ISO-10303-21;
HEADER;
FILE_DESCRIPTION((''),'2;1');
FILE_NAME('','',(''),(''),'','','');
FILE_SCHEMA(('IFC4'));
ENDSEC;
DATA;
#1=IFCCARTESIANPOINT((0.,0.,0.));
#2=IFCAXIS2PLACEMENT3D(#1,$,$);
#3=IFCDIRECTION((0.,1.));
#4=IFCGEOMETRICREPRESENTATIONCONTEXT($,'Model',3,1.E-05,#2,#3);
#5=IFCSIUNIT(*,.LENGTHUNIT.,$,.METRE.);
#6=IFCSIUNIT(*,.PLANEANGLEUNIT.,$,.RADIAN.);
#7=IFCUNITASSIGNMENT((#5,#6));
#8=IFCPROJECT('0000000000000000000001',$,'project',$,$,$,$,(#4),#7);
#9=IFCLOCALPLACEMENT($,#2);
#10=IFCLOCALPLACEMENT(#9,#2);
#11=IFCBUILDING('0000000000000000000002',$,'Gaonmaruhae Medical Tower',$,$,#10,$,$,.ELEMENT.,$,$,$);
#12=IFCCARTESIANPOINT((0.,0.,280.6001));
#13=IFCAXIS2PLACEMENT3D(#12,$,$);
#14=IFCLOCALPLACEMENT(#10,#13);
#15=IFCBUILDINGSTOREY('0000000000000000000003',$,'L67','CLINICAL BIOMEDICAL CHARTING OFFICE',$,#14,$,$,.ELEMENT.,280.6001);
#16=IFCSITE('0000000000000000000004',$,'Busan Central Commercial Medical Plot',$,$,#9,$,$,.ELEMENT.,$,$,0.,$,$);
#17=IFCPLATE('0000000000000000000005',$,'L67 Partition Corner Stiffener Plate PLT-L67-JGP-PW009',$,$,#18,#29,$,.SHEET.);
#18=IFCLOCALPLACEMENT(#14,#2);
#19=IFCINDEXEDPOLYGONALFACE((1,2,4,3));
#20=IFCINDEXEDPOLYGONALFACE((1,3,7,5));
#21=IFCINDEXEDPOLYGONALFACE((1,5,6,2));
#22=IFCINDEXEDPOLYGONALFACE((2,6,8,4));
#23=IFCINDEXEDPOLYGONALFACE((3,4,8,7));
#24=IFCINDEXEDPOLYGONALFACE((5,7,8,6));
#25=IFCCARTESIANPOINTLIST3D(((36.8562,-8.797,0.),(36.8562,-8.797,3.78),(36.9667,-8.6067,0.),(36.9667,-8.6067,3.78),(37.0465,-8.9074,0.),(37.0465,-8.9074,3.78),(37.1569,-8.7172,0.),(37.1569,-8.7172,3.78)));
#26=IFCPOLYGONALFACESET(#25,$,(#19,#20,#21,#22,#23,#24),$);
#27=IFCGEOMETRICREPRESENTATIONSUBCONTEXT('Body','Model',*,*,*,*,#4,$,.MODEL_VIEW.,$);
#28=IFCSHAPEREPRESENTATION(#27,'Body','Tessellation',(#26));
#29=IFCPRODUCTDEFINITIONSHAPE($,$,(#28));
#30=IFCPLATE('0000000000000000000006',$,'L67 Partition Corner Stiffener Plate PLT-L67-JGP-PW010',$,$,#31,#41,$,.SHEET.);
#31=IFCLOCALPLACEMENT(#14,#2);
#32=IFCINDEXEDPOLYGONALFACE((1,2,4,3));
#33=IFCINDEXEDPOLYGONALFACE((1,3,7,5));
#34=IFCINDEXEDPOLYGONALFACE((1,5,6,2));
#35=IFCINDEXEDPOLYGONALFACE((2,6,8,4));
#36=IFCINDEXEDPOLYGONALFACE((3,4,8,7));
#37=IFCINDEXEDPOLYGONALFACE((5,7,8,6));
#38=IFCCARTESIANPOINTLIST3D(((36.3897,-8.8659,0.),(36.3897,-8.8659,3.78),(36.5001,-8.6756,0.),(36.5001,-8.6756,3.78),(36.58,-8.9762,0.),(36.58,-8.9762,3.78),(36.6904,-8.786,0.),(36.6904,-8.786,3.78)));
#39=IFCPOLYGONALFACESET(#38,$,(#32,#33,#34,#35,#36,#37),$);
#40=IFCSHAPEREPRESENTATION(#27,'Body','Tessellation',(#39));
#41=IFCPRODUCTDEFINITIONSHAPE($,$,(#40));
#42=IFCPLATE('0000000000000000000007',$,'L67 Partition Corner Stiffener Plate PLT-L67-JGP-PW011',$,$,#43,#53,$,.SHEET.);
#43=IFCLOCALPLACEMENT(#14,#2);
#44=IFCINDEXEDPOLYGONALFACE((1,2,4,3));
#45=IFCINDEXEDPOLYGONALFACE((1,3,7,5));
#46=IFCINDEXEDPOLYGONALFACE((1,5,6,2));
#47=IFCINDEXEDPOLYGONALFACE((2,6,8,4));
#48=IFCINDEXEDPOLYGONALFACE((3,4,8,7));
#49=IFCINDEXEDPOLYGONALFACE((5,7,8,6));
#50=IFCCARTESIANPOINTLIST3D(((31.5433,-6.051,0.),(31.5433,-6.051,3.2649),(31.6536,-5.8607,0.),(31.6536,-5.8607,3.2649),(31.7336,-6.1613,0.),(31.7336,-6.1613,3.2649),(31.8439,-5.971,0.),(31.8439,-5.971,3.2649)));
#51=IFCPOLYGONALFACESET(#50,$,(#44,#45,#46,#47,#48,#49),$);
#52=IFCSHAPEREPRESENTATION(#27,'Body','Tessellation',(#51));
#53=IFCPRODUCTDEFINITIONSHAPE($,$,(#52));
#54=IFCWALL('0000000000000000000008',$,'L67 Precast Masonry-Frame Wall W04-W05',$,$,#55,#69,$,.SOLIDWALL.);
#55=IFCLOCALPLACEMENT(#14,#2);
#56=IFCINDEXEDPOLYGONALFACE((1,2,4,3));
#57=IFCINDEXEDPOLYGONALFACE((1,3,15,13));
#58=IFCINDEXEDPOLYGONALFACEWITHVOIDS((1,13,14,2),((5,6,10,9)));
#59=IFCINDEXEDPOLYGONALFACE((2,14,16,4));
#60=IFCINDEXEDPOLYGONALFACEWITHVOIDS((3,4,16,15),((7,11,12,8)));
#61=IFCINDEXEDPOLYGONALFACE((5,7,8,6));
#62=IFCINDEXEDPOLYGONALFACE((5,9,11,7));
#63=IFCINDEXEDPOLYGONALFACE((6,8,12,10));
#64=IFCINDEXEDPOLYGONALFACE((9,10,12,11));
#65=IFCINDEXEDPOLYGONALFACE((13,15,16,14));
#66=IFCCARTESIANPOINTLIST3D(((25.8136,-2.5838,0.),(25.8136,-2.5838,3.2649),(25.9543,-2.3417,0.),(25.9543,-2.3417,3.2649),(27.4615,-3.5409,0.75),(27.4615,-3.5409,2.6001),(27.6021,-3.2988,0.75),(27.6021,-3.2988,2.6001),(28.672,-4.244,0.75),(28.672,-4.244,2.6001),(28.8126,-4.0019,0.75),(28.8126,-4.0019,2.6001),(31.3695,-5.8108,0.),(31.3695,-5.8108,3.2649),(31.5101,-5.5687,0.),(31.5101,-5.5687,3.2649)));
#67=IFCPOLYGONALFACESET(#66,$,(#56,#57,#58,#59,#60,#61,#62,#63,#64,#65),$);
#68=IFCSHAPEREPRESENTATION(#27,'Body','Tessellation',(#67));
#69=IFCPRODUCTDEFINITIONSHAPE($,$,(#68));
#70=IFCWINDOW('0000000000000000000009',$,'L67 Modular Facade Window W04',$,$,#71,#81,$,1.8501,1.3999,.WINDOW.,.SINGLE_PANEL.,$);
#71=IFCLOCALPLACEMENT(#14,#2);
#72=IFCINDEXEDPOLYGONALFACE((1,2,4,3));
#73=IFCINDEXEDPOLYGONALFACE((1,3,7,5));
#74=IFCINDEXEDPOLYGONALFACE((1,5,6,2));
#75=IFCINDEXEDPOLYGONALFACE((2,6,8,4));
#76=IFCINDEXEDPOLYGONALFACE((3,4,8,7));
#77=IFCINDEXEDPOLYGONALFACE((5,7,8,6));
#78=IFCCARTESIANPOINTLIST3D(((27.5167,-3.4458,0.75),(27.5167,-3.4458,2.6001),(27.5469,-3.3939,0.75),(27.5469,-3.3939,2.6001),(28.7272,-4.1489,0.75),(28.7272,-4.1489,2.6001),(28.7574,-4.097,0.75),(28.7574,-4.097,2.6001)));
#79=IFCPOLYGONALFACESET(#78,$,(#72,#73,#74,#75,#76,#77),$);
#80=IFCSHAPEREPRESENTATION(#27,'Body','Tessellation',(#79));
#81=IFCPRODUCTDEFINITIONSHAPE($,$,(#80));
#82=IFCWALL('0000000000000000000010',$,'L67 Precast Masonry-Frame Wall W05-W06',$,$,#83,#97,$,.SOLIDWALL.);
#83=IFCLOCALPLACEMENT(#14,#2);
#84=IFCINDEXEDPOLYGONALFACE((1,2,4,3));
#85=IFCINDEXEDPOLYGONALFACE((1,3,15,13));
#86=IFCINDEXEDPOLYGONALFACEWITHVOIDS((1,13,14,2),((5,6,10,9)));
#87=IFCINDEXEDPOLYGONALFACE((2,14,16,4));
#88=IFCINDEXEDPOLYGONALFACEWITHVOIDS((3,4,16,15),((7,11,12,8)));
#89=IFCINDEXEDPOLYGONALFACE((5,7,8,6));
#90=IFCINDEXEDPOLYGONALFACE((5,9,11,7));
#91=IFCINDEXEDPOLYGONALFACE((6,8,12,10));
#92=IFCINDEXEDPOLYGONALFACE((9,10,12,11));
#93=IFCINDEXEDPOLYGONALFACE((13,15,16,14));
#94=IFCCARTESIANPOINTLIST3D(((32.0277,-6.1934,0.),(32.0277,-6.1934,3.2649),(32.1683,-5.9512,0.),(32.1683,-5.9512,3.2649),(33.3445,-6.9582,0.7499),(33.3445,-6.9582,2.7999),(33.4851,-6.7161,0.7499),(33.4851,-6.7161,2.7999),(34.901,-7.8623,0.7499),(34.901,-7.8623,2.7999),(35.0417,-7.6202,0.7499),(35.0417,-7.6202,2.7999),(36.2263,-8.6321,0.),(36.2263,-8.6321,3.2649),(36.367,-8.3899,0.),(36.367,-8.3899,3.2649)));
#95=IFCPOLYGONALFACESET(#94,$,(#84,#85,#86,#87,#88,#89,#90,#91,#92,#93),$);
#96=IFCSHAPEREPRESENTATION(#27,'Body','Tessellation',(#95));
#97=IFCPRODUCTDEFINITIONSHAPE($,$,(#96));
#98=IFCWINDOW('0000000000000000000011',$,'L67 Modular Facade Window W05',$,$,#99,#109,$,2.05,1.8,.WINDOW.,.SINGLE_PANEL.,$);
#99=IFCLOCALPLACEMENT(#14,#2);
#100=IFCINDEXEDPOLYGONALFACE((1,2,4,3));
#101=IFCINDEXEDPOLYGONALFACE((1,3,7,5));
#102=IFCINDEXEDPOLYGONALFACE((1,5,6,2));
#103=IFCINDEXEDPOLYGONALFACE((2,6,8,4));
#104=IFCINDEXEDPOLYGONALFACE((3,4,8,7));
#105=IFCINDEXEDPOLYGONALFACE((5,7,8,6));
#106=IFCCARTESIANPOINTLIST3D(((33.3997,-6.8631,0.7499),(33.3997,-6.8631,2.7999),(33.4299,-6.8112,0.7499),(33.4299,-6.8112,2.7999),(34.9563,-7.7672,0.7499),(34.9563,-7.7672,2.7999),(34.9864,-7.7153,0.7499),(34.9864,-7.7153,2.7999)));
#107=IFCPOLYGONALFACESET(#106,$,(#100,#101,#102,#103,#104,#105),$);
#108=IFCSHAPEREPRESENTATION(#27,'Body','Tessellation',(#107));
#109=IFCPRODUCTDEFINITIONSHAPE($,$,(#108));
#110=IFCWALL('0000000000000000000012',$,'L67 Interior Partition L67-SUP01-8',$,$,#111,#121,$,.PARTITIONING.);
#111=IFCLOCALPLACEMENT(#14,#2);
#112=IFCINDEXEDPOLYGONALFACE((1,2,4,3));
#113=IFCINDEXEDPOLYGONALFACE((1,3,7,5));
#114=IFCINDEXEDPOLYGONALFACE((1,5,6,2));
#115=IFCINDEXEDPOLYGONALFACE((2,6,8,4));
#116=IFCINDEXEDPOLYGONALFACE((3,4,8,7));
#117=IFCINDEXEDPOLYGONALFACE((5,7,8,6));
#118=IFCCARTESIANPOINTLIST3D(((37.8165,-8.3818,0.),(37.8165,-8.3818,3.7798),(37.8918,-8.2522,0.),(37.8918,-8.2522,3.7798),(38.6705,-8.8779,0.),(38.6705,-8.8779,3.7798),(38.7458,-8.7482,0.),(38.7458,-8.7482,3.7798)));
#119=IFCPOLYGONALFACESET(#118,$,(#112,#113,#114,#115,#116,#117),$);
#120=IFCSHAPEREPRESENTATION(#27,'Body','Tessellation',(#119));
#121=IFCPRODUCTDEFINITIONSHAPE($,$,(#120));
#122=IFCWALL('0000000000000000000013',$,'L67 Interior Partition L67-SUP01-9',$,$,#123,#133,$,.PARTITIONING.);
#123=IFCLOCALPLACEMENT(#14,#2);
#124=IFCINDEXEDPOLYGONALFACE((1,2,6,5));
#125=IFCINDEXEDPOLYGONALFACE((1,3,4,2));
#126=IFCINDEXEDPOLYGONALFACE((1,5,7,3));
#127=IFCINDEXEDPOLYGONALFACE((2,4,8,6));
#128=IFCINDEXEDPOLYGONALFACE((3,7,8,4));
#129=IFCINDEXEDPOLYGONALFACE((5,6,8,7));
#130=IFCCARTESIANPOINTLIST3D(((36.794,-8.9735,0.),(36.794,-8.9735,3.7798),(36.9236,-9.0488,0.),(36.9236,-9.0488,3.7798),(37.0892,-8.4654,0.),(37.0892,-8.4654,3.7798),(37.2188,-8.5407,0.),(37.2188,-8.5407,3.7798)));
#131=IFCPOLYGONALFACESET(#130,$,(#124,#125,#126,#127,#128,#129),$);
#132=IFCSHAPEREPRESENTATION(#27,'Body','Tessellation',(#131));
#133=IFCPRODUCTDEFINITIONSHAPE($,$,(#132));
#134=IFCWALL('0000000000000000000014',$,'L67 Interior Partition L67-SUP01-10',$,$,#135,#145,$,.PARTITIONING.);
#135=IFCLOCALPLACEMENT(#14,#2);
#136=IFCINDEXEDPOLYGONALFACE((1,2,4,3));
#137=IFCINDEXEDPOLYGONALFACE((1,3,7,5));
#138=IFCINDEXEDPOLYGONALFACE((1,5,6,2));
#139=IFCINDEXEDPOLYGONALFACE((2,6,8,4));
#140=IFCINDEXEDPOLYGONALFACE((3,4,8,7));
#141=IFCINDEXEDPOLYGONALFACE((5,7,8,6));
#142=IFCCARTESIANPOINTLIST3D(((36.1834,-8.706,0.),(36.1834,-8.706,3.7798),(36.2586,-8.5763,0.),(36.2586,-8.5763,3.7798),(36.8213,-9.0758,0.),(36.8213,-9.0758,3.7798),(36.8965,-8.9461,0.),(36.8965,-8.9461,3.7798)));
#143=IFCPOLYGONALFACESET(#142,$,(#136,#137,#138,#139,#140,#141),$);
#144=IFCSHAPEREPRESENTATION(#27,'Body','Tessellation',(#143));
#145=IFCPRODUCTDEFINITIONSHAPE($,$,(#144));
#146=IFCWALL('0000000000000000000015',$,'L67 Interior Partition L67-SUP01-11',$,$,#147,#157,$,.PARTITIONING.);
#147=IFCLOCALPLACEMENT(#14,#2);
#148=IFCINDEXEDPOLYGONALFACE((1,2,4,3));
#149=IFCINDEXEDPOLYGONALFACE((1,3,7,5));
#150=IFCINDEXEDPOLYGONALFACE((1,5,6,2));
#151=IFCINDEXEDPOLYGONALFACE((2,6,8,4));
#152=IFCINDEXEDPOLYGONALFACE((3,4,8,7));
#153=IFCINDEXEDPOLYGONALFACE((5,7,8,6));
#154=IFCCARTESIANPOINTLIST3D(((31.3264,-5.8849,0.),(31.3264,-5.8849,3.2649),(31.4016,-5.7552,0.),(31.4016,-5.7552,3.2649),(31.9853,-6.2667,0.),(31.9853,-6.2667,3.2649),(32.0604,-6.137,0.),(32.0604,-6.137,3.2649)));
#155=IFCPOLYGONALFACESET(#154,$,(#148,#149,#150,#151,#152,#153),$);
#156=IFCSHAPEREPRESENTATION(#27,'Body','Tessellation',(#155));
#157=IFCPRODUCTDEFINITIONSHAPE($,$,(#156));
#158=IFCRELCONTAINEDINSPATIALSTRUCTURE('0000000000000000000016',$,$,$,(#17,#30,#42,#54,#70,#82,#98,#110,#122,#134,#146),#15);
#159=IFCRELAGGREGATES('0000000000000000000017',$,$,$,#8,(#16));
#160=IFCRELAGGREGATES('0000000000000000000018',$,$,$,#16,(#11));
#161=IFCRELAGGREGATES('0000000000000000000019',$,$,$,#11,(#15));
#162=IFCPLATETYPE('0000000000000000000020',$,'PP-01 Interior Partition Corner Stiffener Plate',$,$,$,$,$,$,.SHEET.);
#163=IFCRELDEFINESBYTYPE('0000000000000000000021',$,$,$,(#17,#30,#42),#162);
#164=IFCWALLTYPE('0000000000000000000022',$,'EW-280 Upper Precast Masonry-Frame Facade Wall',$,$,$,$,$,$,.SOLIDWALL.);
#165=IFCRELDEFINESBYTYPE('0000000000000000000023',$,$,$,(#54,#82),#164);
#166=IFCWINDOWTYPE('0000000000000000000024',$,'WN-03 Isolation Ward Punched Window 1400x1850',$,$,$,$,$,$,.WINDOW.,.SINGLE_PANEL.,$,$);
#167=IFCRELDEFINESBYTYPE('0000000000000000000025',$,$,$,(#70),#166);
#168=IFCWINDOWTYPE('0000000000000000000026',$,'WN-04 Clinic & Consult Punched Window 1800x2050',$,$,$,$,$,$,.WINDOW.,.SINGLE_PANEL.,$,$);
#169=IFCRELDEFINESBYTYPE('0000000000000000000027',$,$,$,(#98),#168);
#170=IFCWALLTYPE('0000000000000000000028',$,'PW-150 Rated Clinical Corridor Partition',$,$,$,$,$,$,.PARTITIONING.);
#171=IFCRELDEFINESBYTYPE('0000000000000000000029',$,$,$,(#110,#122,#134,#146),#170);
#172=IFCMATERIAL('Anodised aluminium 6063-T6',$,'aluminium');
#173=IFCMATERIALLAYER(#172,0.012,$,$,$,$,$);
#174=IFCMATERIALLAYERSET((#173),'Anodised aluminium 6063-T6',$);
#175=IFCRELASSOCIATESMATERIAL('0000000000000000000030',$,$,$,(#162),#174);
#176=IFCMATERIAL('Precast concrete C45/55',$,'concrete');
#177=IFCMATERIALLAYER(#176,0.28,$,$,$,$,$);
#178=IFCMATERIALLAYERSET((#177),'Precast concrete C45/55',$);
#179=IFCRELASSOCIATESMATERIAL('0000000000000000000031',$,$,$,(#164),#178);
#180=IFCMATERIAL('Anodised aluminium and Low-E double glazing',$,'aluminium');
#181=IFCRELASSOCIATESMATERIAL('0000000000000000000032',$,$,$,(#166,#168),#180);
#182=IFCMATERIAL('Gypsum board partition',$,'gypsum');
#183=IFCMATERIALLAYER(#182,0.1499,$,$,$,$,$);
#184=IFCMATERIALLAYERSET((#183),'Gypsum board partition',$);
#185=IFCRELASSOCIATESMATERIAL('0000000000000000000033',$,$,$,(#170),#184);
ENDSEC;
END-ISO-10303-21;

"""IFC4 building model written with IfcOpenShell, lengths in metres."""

from ifc_helpers import new_model, si_unit, direction, frame, frame_2d, origin, origin_2d, place, context, subcontext, project, spatial, rectangle, extrude, material, layer, layer_set, type_object, element, fill, save


model = new_model("IFC4")

# Units and contexts
model_context = context("Model", 3, precision=1e-05, world=origin(), true_north=direction((0.0, 1.0)))
body_context = subcontext(model_context, "Body", "Model", "MODEL_VIEW")
ifc_project = project(units=[si_unit("LENGTHUNIT", "METRE"), si_unit("PLANEANGLEUNIT", "RADIAN")], contexts=[model_context])

# Site, building, storey
site_placement = place(None, origin())
site = spatial("IfcSite", under=ifc_project, at=site_placement, Name="Busan Central Commercial Medical Plot", CompositionType="ELEMENT", RefElevation=0.0)
building_placement = place(site_placement, origin())
building = spatial("IfcBuilding", under=site, at=building_placement, Name="Gaonmaruhae Medical Tower", CompositionType="ELEMENT")
storey_placement = place(building_placement, frame((0.0, 0.0, 280.6001)))
storey = spatial("IfcBuildingStorey", under=building, at=storey_placement, Name="L67", Description="CLINICAL BIOMEDICAL CHARTING OFFICE", CompositionType="ELEMENT", Elevation=280.6001)

# Plates
ifc_material_1 = material(Name="Anodised aluminium 6063-T6", Category="aluminium")
ifc_layer_1 = layer(ifc_material_1, 0.012)
ifc_layer_set_1 = layer_set([ifc_layer_1], Name="Anodised aluminium 6063-T6")
plate_type = type_object("IfcPlateType", Name="PP-01 Interior Partition Corner Stiffener Plate", PredefinedType="SHEET", material=ifc_layer_set_1)
for number, where, z_axis, x_axis, name in (
    (1, (37.0066, -8.7571, 0.0), (0.0, 0.0, 1.0), (-0.502175, -0.864766, 0.0), "L67 Partition Corner Stiffener Plate PLT-L67-JGP-PW009"),
    (2, (36.54, -8.8259, 0.0), (0.0, 0.0, 1.0), (-0.865055, 0.501677, 0.0), "L67 Partition Corner Stiffener Plate PLT-L67-JGP-PW010"),
):
    element("IfcPlate", number, at=place(storey_placement, frame(where, z_axis=z_axis, x_axis=x_axis)), inside=storey, type_object=plate_type, Name=name, PredefinedType="SHEET", context=body_context, shape_type="SweptSolid", body=[
        extrude(rectangle(XDim=0.22, YDim=0.22, at=origin_2d()), origin(), (0.0, 0.0, 1.0), 3.78),
    ])
plate_placement = place(storey_placement, frame((31.6936, -6.011, 0.0), z_axis=(0.0, 0.0, 1.0), x_axis=(-0.86516, 0.501496, 0.0)))
element("IfcPlate", 3, at=plate_placement, inside=storey, type_object=plate_type, Name="L67 Partition Corner Stiffener Plate PLT-L67-JGP-PW011", PredefinedType="SHEET", context=body_context, shape_type="SweptSolid", body=[
    extrude(rectangle(XDim=0.22, YDim=0.22, at=origin_2d()), origin(), (0.0, 0.0, 1.0), 3.2649),
])

# Walls, openings, windows
ifc_material_2 = material(Name="Precast concrete C45/55", Category="concrete")
ifc_layer_2 = layer(ifc_material_2, 0.28)
ifc_layer_set_2 = layer_set([ifc_layer_2], Name="Precast concrete C45/55")
wall_type_1 = type_object("IfcWallType", Name="EW-280 Upper Precast Masonry-Frame Facade Wall", PredefinedType="SOLIDWALL", material=ifc_layer_set_2)
wall_1_placement = place(storey_placement, frame((31.4397, -5.6897, 0.0), z_axis=(0.0, 0.0, 1.0), x_axis=(-0.864719, 0.502257, 0.0)))
wall_1 = element("IfcWall", 4, at=wall_1_placement, inside=storey, type_object=wall_type_1, Name="L67 Precast Masonry-Frame Wall W04-W05", PredefinedType="SOLIDWALL", context=body_context, shape_type="SweptSolid", body=[
    extrude(rectangle(XDim=6.425, YDim=0.28, at=frame_2d((3.2124, 0.0))), origin(), (0.0, 0.0, 1.0), 3.2649),
])
opening_1_placement = place(wall_1_placement, frame((3.1194, 0.0, 0.75)))
opening_1 = element("IfcOpeningElement", 5, at=opening_1_placement, cuts=wall_1, PredefinedType="OPENING", context=body_context, shape_type="SweptSolid", body=[
    extrude(rectangle(XDim=1.3999, YDim=1.8501, at=frame_2d((0.7, 0.925))), frame((0.0, 0.1499, 0.0), z_axis=(0.0, -1.0, 0.0), x_axis=(1.0, 0.0, 0.0)), (0.0, 0.0, 1.0), 0.3),
])
ifc_material_3 = material(Name="Anodised aluminium and Low-E double glazing", Category="aluminium")
window_type_1 = type_object("IfcWindowType", Name="WN-03 Isolation Ward Punched Window 1400x1850", PartitioningType="SINGLE_PANEL", PredefinedType="WINDOW", material=ifc_material_3)
window_1_placement = place(opening_1_placement, origin())
window_1 = element("IfcWindow", 6, at=window_1_placement, inside=storey, type_object=window_type_1, Name="L67 Modular Facade Window W04", OverallHeight=1.8501, OverallWidth=1.3999, PartitioningType="SINGLE_PANEL", PredefinedType="WINDOW", context=body_context, shape_type="SweptSolid", body=[
    extrude(rectangle(XDim=1.3999, YDim=1.8501, at=frame_2d((0.7, 0.925))), frame((0.0, 0.03, 0.0), z_axis=(0.0, -1.0, 0.0), x_axis=(1.0, 0.0, 0.0)), (0.0, 0.0, 1.0), 0.0601),
])
fill(opening_1, window_1)
wall_2_placement = place(storey_placement, frame((36.2966, -8.511, 0.0), z_axis=(0.0, 0.0, 1.0), x_axis=(-0.864722, 0.502251, 0.0)))
wall_2 = element("IfcWall", 7, at=wall_2_placement, inside=storey, type_object=wall_type_1, Name="L67 Precast Masonry-Frame Wall W05-W06", PredefinedType="SOLIDWALL", context=body_context, shape_type="SweptSolid", body=[
    extrude(rectangle(XDim=4.8555, YDim=0.28, at=frame_2d((2.4277, 0.0))), origin(), (0.0, 0.0, 1.0), 3.2649),
])
opening_2_placement = place(wall_2_placement, frame((1.5327, 0.0, 0.75)))
opening_2 = element("IfcOpeningElement", 8, at=opening_2_placement, cuts=wall_2, PredefinedType="OPENING", context=body_context, shape_type="SweptSolid", body=[
    extrude(rectangle(XDim=1.8, YDim=2.05, at=frame_2d((0.8999, 1.0249))), frame((0.0, 0.1499, 0.0), z_axis=(0.0, -1.0, 0.0), x_axis=(1.0, 0.0, 0.0)), (0.0, 0.0, 1.0), 0.3),
])
window_type_2 = type_object("IfcWindowType", Name="WN-04 Clinic & Consult Punched Window 1800x2050", PartitioningType="SINGLE_PANEL", PredefinedType="WINDOW", material=ifc_material_3)
window_2_placement = place(opening_2_placement, origin())
window_2 = element("IfcWindow", 9, at=window_2_placement, inside=storey, type_object=window_type_2, Name="L67 Modular Facade Window W05", OverallHeight=2.05, OverallWidth=1.8, PartitioningType="SINGLE_PANEL", PredefinedType="WINDOW", context=body_context, shape_type="SweptSolid", body=[
    extrude(rectangle(XDim=1.8, YDim=2.05, at=frame_2d((0.8999, 1.0249))), frame((0.0, 0.03, 0.0), z_axis=(0.0, -1.0, 0.0), x_axis=(1.0, 0.0, 0.0)), (0.0, 0.0, 1.0), 0.0601),
])
fill(opening_2, window_2)

# Walls
ifc_material_4 = material(Name="Gypsum board partition", Category="gypsum")
ifc_layer_3 = layer(ifc_material_4, 0.1499)
ifc_layer_set_3 = layer_set([ifc_layer_3], Name="Gypsum board partition")
wall_type_2 = type_object("IfcWallType", Name="PW-150 Rated Clinical Corridor Partition", PredefinedType="PARTITIONING", material=ifc_layer_set_3)
wall_3_placement = place(storey_placement, frame((38.708, -8.813, 0.0), z_axis=(0.0, 0.0, 1.0), x_axis=(-0.864692, 0.502302, 0.0)))
element("IfcWall", 10, at=wall_3_placement, inside=storey, type_object=wall_type_2, Name="L67 Interior Partition L67-SUP01-8", PredefinedType="PARTITIONING", context=body_context, shape_type="SweptSolid", body=[
    extrude(rectangle(XDim=0.9875, YDim=0.1499, at=frame_2d((0.4937, 0.0))), origin(), (0.0, 0.0, 1.0), 3.7798),
])
wall_4_placement = place(storey_placement, frame((37.1541, -8.5029, 0.0), z_axis=(0.0, 0.0, 1.0), x_axis=(-0.502346, -0.864667, 0.0)))
element("IfcWall", 11, at=wall_4_placement, inside=storey, type_object=wall_type_2, Name="L67 Interior Partition L67-SUP01-9", PredefinedType="PARTITIONING", context=body_context, shape_type="SweptSolid", body=[
    extrude(rectangle(XDim=0.5876, YDim=0.1499, at=frame_2d((0.2939, 0.0))), origin(), (0.0, 0.0, 1.0), 3.7798),
])
wall_5_placement = place(storey_placement, frame((36.8589, -9.011, 0.0), z_axis=(0.0, 0.0, 1.0), x_axis=(-0.865109, 0.501584, 0.0)))
element("IfcWall", 12, at=wall_5_placement, inside=storey, type_object=wall_type_2, Name="L67 Interior Partition L67-SUP01-10", PredefinedType="PARTITIONING", context=body_context, shape_type="SweptSolid", body=[
    extrude(rectangle(XDim=0.7373, YDim=0.1499, at=frame_2d((0.3687, 0.0))), origin(), (0.0, 0.0, 1.0), 3.7798),
])
wall_6_placement = place(storey_placement, frame((32.0229, -6.2019, 0.0), z_axis=(0.0, 0.0, 1.0), x_axis=(-0.865229, 0.501377, 0.0)))
element("IfcWall", 13, at=wall_6_placement, inside=storey, type_object=wall_type_2, Name="L67 Interior Partition L67-SUP01-11", PredefinedType="PARTITIONING", context=body_context, shape_type="SweptSolid", body=[
    extrude(rectangle(XDim=0.7615, YDim=0.1499, at=frame_2d((0.3809, 0.0))), origin(), (0.0, 0.0, 1.0), 3.2649),
])

save(model, "model.ifc")
